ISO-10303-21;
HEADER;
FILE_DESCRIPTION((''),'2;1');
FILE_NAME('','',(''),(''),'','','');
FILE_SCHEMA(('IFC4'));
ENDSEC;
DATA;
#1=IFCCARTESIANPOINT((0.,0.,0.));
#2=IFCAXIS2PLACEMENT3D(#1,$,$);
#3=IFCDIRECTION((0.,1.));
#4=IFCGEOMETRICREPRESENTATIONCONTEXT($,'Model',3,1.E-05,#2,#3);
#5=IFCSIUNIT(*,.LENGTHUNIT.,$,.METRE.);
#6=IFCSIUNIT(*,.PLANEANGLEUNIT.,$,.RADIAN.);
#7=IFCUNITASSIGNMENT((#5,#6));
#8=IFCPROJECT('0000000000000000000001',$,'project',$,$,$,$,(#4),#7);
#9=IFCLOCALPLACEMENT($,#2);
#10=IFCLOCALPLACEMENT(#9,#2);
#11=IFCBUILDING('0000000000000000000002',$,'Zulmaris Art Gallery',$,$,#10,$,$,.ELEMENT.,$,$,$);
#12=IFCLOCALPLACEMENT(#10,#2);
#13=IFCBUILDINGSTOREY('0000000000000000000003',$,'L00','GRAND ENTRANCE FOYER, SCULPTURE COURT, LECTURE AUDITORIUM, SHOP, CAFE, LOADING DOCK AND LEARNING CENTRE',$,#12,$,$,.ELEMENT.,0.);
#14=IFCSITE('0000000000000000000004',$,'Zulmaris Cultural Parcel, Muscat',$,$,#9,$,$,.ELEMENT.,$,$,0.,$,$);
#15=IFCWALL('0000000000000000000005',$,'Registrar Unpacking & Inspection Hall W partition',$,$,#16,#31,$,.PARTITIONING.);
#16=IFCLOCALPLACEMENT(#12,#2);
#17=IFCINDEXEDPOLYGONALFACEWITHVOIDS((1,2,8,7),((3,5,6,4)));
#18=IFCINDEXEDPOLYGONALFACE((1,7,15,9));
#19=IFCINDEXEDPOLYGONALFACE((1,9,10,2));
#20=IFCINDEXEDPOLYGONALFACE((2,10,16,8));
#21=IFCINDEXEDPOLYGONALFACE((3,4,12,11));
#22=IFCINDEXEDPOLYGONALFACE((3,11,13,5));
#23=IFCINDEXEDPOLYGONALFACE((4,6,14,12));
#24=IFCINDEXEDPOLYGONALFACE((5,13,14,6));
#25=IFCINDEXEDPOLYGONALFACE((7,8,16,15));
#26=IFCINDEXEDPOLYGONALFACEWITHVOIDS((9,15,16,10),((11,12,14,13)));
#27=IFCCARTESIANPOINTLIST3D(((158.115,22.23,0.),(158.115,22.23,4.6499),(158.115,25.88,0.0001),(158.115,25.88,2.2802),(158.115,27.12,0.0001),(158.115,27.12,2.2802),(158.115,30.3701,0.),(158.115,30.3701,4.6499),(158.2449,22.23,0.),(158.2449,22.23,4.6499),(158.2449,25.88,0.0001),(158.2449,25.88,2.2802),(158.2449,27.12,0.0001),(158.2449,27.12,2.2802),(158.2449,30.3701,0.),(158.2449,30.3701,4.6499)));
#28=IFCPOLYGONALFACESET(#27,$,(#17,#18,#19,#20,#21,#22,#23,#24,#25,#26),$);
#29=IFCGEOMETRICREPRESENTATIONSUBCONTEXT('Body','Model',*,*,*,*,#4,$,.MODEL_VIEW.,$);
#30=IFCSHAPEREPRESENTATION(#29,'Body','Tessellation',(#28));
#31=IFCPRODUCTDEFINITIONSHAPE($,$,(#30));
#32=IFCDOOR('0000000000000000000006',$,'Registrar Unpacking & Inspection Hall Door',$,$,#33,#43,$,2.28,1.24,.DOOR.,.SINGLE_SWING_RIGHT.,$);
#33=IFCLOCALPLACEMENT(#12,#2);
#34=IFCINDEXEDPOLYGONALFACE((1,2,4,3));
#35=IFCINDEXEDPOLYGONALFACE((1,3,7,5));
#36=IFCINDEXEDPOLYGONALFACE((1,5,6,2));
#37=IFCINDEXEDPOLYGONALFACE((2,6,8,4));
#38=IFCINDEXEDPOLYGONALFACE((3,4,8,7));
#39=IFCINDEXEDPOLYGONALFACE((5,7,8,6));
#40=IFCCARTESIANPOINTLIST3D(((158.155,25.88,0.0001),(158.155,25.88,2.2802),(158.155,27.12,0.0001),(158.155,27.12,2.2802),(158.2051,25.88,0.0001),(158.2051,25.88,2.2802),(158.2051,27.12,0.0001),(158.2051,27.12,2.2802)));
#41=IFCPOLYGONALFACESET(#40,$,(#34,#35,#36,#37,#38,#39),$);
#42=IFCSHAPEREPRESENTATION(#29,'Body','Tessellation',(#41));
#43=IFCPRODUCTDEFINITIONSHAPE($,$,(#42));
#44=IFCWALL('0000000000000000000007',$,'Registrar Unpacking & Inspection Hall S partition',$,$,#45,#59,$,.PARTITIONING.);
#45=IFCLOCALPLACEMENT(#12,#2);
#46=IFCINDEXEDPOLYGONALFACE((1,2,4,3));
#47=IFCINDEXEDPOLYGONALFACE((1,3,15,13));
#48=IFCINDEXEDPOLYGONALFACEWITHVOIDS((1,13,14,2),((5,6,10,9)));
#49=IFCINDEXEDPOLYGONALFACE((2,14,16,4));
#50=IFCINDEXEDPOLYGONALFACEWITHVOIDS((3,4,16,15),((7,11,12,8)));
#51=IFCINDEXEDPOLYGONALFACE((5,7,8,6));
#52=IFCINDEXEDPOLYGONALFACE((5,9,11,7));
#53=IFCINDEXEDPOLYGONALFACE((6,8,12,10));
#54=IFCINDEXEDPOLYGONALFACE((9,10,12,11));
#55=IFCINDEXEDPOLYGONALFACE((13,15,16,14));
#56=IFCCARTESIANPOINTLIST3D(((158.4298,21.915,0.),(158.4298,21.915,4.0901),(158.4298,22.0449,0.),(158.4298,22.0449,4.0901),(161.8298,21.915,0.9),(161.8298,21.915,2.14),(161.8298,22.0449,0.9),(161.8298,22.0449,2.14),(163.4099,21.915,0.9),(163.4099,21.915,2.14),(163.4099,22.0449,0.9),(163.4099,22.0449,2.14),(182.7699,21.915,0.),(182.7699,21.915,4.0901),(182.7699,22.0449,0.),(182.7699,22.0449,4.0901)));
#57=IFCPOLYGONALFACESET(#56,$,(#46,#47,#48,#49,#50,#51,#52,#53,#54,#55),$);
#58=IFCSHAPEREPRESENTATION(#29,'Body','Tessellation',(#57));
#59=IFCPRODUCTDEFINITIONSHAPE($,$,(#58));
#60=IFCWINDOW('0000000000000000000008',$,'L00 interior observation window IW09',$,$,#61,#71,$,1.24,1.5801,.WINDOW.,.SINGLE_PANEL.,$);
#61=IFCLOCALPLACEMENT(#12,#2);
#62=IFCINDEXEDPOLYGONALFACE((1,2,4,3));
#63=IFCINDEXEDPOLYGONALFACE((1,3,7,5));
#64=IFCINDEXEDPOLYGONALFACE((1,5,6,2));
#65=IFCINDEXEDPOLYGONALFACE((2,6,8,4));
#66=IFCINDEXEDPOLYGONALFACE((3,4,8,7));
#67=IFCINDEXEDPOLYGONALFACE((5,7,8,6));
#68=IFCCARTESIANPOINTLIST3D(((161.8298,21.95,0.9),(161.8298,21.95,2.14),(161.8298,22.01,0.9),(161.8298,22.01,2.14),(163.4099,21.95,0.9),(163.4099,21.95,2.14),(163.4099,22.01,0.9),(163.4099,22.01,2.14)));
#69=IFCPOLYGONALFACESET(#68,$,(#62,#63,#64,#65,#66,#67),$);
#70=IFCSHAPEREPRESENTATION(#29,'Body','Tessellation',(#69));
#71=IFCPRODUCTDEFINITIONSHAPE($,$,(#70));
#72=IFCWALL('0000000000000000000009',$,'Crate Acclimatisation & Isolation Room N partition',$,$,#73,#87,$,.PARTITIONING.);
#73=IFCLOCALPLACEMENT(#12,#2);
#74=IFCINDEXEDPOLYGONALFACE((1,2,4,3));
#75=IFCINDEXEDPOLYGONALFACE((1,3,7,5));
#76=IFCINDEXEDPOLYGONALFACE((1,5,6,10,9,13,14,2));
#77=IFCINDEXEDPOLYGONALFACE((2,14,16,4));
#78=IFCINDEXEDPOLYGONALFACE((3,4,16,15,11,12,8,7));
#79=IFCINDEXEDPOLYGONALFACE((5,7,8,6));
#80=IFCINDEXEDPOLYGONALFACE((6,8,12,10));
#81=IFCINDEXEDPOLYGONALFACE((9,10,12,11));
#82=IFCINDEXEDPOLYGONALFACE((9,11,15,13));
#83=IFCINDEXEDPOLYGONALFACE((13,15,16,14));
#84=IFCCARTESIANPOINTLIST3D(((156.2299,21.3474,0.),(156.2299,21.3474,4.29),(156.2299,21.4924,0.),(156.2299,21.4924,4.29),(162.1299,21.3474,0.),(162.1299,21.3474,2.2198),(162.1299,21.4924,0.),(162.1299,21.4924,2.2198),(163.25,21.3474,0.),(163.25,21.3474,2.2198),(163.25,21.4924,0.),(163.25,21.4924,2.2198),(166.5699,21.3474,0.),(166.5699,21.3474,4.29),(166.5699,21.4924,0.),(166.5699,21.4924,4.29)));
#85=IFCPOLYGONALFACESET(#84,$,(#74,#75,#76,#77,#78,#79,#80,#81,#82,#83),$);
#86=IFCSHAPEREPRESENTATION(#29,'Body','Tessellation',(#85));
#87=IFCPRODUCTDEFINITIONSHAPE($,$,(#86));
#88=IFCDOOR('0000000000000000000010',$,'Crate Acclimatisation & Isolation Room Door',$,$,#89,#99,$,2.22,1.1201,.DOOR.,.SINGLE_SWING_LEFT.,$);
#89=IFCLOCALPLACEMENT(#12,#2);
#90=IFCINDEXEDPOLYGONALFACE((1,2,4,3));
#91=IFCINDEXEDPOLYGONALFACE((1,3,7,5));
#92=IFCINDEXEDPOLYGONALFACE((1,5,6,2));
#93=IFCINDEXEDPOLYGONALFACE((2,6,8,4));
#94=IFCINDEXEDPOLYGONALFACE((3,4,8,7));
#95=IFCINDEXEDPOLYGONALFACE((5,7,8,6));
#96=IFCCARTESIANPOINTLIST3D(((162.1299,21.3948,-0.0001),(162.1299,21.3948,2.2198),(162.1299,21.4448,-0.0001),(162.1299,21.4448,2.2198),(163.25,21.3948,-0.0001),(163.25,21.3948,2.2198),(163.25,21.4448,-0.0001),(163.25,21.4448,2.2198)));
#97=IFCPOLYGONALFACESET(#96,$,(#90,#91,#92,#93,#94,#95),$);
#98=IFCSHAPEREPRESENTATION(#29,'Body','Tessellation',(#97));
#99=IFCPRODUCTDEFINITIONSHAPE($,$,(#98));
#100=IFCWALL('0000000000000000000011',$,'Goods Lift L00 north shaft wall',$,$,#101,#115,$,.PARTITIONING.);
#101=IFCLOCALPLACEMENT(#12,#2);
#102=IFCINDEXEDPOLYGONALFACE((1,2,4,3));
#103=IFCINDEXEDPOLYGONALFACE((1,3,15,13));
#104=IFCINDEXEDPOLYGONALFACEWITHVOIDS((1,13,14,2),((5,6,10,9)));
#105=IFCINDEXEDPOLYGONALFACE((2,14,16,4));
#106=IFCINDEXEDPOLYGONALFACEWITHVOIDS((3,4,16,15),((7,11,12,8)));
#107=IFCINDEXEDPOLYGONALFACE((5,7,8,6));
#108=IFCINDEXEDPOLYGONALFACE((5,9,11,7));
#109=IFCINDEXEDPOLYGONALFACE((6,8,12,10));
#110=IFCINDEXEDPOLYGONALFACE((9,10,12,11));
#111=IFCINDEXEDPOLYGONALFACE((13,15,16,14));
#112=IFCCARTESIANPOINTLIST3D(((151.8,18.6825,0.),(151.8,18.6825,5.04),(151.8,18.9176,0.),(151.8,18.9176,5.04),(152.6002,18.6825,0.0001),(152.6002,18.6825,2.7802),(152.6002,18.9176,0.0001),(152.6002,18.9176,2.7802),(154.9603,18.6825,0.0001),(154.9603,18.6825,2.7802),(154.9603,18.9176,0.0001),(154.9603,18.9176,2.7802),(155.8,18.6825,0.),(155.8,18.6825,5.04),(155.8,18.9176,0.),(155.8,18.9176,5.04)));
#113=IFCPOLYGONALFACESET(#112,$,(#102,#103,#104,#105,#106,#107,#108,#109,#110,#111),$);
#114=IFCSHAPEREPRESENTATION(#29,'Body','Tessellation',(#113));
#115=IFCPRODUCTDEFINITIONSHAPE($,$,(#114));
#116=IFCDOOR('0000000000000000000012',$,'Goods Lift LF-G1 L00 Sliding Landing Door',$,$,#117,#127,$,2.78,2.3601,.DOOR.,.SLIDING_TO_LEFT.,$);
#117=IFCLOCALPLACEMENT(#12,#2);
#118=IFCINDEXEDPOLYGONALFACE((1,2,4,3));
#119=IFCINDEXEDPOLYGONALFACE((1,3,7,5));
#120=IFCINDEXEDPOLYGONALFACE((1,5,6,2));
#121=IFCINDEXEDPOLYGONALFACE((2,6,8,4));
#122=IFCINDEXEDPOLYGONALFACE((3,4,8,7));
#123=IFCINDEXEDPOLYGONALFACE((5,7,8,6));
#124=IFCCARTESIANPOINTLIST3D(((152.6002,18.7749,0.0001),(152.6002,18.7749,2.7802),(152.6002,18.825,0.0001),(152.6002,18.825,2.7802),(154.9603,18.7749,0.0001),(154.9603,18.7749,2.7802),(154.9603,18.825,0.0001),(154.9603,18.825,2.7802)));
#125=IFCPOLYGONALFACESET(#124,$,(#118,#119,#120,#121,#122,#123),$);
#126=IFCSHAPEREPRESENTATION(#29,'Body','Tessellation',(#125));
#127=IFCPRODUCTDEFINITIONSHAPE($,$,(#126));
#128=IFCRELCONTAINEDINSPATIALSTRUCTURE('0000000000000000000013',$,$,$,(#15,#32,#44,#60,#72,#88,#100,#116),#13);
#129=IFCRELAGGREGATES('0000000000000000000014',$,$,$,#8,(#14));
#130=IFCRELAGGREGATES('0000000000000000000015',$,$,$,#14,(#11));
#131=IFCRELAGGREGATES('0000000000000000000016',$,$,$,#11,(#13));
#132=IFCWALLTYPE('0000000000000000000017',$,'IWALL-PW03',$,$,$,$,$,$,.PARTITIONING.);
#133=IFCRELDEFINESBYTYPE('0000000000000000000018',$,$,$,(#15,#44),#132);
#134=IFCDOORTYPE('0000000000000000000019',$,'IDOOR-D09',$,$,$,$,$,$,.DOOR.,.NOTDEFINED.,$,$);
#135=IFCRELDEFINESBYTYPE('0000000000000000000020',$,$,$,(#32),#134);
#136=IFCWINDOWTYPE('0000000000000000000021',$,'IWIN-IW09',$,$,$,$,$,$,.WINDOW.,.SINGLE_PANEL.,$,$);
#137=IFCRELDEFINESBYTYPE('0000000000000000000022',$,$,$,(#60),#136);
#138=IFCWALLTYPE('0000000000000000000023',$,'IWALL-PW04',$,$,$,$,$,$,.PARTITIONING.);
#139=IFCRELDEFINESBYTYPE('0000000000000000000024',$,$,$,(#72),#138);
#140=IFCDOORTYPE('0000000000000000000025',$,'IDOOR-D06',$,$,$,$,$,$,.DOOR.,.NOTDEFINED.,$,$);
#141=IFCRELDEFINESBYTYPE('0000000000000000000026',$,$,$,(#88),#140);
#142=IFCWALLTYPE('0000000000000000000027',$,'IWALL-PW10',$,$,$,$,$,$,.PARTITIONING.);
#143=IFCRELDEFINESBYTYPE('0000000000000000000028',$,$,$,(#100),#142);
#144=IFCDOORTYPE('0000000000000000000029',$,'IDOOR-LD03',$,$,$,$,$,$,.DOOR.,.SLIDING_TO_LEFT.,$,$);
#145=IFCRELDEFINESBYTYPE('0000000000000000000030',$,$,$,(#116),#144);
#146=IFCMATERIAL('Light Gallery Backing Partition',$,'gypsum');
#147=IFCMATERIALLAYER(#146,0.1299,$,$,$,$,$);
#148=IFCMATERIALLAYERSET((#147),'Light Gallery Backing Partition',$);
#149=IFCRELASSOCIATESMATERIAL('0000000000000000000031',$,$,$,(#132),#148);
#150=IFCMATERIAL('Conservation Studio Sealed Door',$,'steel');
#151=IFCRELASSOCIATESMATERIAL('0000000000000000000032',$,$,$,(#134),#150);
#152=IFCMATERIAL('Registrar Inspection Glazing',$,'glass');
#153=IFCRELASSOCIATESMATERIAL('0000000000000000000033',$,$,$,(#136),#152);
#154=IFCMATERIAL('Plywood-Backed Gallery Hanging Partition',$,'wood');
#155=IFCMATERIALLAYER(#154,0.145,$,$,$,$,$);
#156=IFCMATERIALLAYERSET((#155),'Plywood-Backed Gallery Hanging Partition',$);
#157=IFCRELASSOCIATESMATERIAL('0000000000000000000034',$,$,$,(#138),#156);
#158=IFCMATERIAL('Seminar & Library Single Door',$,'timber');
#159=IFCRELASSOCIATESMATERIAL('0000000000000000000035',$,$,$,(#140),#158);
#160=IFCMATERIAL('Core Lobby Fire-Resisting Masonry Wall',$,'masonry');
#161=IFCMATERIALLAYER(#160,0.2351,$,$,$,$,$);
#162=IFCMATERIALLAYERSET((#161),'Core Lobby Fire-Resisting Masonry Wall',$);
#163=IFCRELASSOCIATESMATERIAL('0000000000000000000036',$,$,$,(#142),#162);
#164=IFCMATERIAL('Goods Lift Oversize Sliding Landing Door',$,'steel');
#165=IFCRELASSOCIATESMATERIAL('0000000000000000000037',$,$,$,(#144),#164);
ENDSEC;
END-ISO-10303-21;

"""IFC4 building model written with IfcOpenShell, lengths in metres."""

from ifc_helpers import new_model, si_unit, direction, frame, frame_2d, origin, place, context, subcontext, project, spatial, rectangle, extrude, material, layer, layer_set, type_object, element, fill, save


model = new_model("IFC4")

# Units and contexts
model_context = context("Model", 3, precision=1e-05, world=origin(), true_north=direction((0.0, 1.0)))
body_context = subcontext(model_context, "Body", "Model", "MODEL_VIEW")
ifc_project = project(units=[si_unit("LENGTHUNIT", "METRE"), si_unit("PLANEANGLEUNIT", "RADIAN")], contexts=[model_context])

# Site, building, storey
site_placement = place(None, origin())
site = spatial("IfcSite", under=ifc_project, at=site_placement, Name="Zulmaris Cultural Parcel, Muscat", CompositionType="ELEMENT", RefElevation=0.0)
building_placement = place(site_placement, origin())
building = spatial("IfcBuilding", under=site, at=building_placement, Name="Zulmaris Art Gallery", CompositionType="ELEMENT")
storey_placement = place(building_placement, origin())
storey = spatial("IfcBuildingStorey", under=building, at=storey_placement, Name="L00", Description="GRAND ENTRANCE FOYER, SCULPTURE COURT, LECTURE AUDITORIUM, SHOP, CAFE, LOADING DOCK AND LEARNING CENTRE", CompositionType="ELEMENT", Elevation=0.0)

# Wall, opening, door
ifc_material_1 = material(Name="Light Gallery Backing Partition", Category="gypsum")
ifc_layer_1 = layer(ifc_material_1, 0.1299)
ifc_layer_set_1 = layer_set([ifc_layer_1], Name="Light Gallery Backing Partition")
wall_type_1 = type_object("IfcWallType", Name="IWALL-PW03", PredefinedType="PARTITIONING", material=ifc_layer_set_1)
wall_1_placement = place(storey_placement, frame((158.1799, 22.23, 0.0), z_axis=(0.0, 0.0, 1.0), x_axis=(0.0, 1.0, 0.0)))
wall_1 = element("IfcWall", 1, at=wall_1_placement, inside=storey, type_object=wall_type_1, Name="Registrar Unpacking & Inspection Hall W partition", PredefinedType="PARTITIONING", context=body_context, shape_type="SweptSolid", body=[
    extrude(rectangle(XDim=8.1401, YDim=0.1299, at=frame_2d((4.0701, 0.0))), origin(), (0.0, 0.0, 1.0), 4.6499),
])
opening_1_placement = place(wall_1_placement, frame((3.6499, 0.0, 0.0)))
opening_1 = element("IfcOpeningElement", 2, at=opening_1_placement, cuts=wall_1, PredefinedType="OPENING", context=body_context, shape_type="SweptSolid", body=[
    extrude(rectangle(XDim=1.24, YDim=2.28, at=frame_2d((0.6201, 1.1401))), frame((0.0, 0.075, 0.0), z_axis=(0.0, -1.0, 0.0), x_axis=(1.0, 0.0, 0.0)), (0.0, 0.0, 1.0), 0.1499),
])
ifc_material_2 = material(Name="Conservation Studio Sealed Door", Category="steel")
door_type_1 = type_object("IfcDoorType", Name="IDOOR-D09", OperationType="NOTDEFINED", PredefinedType="DOOR", material=ifc_material_2)
door_1_placement = place(opening_1_placement, origin())
door_1 = element("IfcDoor", 3, at=door_1_placement, inside=storey, type_object=door_type_1, Name="Registrar Unpacking & Inspection Hall Door", OperationType="SINGLE_SWING_RIGHT", OverallHeight=2.28, OverallWidth=1.24, PredefinedType="DOOR", context=body_context, shape_type="SweptSolid", body=[
    extrude(rectangle(XDim=1.24, YDim=2.28, at=frame_2d((0.6201, 1.1401))), frame((0.0, 0.0249, 0.0), z_axis=(0.0, -1.0, 0.0), x_axis=(1.0, 0.0, 0.0)), (0.0, 0.0, 1.0), 0.05),
])
fill(opening_1, door_1)

# Wall, opening, window
wall_2_placement = place(storey_placement, frame((158.4299, 21.98, 0.0), z_axis=(0.0, 0.0, 1.0), x_axis=(1.0, 0.0, 0.0)))
wall_2 = element("IfcWall", 4, at=wall_2_placement, inside=storey, type_object=wall_type_1, Name="Registrar Unpacking & Inspection Hall S partition", PredefinedType="PARTITIONING", context=body_context, shape_type="SweptSolid", body=[
    extrude(rectangle(XDim=24.3401, YDim=0.1299, at=frame_2d((12.1699, 0.0))), origin(), (0.0, 0.0, 1.0), 4.0901),
])
opening_2_placement = place(wall_2_placement, frame((3.3999, 0.0, 0.8999)))
opening_2 = element("IfcOpeningElement", 5, at=opening_2_placement, cuts=wall_2, PredefinedType="OPENING", context=body_context, shape_type="SweptSolid", body=[
    extrude(rectangle(XDim=1.5801, YDim=1.24, at=frame_2d((0.79, 0.6201))), frame((0.0, 0.075, 0.0), z_axis=(0.0, -1.0, 0.0), x_axis=(1.0, 0.0, 0.0)), (0.0, 0.0, 1.0), 0.1499),
])
ifc_material_3 = material(Name="Registrar Inspection Glazing", Category="glass")
window_type = type_object("IfcWindowType", Name="IWIN-IW09", PartitioningType="SINGLE_PANEL", PredefinedType="WINDOW", material=ifc_material_3)
window_placement = place(opening_2_placement, origin())
window = element("IfcWindow", 6, at=window_placement, inside=storey, type_object=window_type, Name="L00 interior observation window IW09", OverallHeight=1.24, OverallWidth=1.5801, PartitioningType="SINGLE_PANEL", PredefinedType="WINDOW", context=body_context, shape_type="SweptSolid", body=[
    extrude(rectangle(XDim=1.5801, YDim=1.24, at=frame_2d((0.79, 0.6201))), frame((0.0, 0.03, 0.0), z_axis=(0.0, -1.0, 0.0), x_axis=(1.0, 0.0, 0.0)), (0.0, 0.0, 1.0), 0.0601),
])
fill(opening_2, window)

# Walls, openings, doors
ifc_material_4 = material(Name="Plywood-Backed Gallery Hanging Partition", Category="wood")
ifc_layer_2 = layer(ifc_material_4, 0.145)
ifc_layer_set_2 = layer_set([ifc_layer_2], Name="Plywood-Backed Gallery Hanging Partition")
wall_type_2 = type_object("IfcWallType", Name="IWALL-PW04", PredefinedType="PARTITIONING", material=ifc_layer_set_2)
wall_3_placement = place(storey_placement, frame((156.23, 21.4199, 0.0), z_axis=(0.0, 0.0, 1.0), x_axis=(1.0, 0.0, 0.0)))
wall_3 = element("IfcWall", 7, at=wall_3_placement, inside=storey, type_object=wall_type_2, Name="Crate Acclimatisation & Isolation Room N partition", PredefinedType="PARTITIONING", context=body_context, shape_type="SweptSolid", body=[
    extrude(rectangle(XDim=10.3401, YDim=0.145, at=frame_2d((5.1699, 0.0))), origin(), (0.0, 0.0, 1.0), 4.29),
])
opening_3_placement = place(wall_3_placement, frame((5.8999, 0.0, 0.0)))
opening_3 = element("IfcOpeningElement", 8, at=opening_3_placement, cuts=wall_3, PredefinedType="OPENING", context=body_context, shape_type="SweptSolid", body=[
    extrude(rectangle(XDim=1.1201, YDim=2.22, at=frame_2d((0.5601, 1.1099))), frame((0.0, 0.0825, 0.0), z_axis=(0.0, -1.0, 0.0), x_axis=(1.0, 0.0, 0.0)), (0.0, 0.0, 1.0), 0.165),
])
ifc_material_5 = material(Name="Seminar & Library Single Door", Category="timber")
door_type_2 = type_object("IfcDoorType", Name="IDOOR-D06", OperationType="NOTDEFINED", PredefinedType="DOOR", material=ifc_material_5)
door_2_placement = place(opening_3_placement, origin())
door_2 = element("IfcDoor", 9, at=door_2_placement, inside=storey, type_object=door_type_2, Name="Crate Acclimatisation & Isolation Room Door", OperationType="SINGLE_SWING_LEFT", OverallHeight=2.22, OverallWidth=1.1201, PredefinedType="DOOR", context=body_context, shape_type="SweptSolid", body=[
    extrude(rectangle(XDim=1.1201, YDim=2.22, at=frame_2d((0.5601, 1.1099))), frame((0.0, 0.0249, 0.0), z_axis=(0.0, -1.0, 0.0), x_axis=(1.0, 0.0, 0.0)), (0.0, 0.0, 1.0), 0.05),
])
fill(opening_3, door_2)
ifc_material_6 = material(Name="Core Lobby Fire-Resisting Masonry Wall", Category="masonry")
ifc_layer_3 = layer(ifc_material_6, 0.2351)
ifc_layer_set_3 = layer_set([ifc_layer_3], Name="Core Lobby Fire-Resisting Masonry Wall")
wall_type_3 = type_object("IfcWallType", Name="IWALL-PW10", PredefinedType="PARTITIONING", material=ifc_layer_set_3)
wall_4_placement = place(storey_placement, frame((151.8, 18.8, 0.0), z_axis=(0.0, 0.0, 1.0), x_axis=(1.0, 0.0, 0.0)))
wall_4 = element("IfcWall", 10, at=wall_4_placement, inside=storey, type_object=wall_type_3, Name="Goods Lift L00 north shaft wall", PredefinedType="PARTITIONING", context=body_context, shape_type="SweptSolid", body=[
    extrude(rectangle(XDim=4.0, YDim=0.2351, at=frame_2d((2.0, 0.0))), origin(), (0.0, 0.0, 1.0), 5.04),
])
opening_4_placement = place(wall_4_placement, frame((0.8, 0.0, 0.0)))
opening_4 = element("IfcOpeningElement", 11, at=opening_4_placement, cuts=wall_4, PredefinedType="OPENING", context=body_context, shape_type="SweptSolid", body=[
    extrude(rectangle(XDim=2.3601, YDim=2.78, at=frame_2d((1.1802, 1.3901))), frame((0.0, 0.1274, 0.0), z_axis=(0.0, -1.0, 0.0), x_axis=(1.0, 0.0, 0.0)), (0.0, 0.0, 1.0), 0.2551),
])
ifc_material_7 = material(Name="Goods Lift Oversize Sliding Landing Door", Category="steel")
door_type_3 = type_object("IfcDoorType", Name="IDOOR-LD03", OperationType="SLIDING_TO_LEFT", PredefinedType="DOOR", material=ifc_material_7)
door_3_placement = place(opening_4_placement, origin())
door_3 = element("IfcDoor", 12, at=door_3_placement, inside=storey, type_object=door_type_3, Name="Goods Lift LF-G1 L00 Sliding Landing Door", OperationType="SLIDING_TO_LEFT", OverallHeight=2.78, OverallWidth=2.3601, PredefinedType="DOOR", context=body_context, shape_type="SweptSolid", body=[
    extrude(rectangle(XDim=2.3601, YDim=2.78, at=frame_2d((1.1802, 1.3901))), frame((0.0, 0.0249, 0.0), z_axis=(0.0, -1.0, 0.0), x_axis=(1.0, 0.0, 0.0)), (0.0, 0.0, 1.0), 0.05),
])
fill(opening_4, door_3)

save(model, "model.ifc")
